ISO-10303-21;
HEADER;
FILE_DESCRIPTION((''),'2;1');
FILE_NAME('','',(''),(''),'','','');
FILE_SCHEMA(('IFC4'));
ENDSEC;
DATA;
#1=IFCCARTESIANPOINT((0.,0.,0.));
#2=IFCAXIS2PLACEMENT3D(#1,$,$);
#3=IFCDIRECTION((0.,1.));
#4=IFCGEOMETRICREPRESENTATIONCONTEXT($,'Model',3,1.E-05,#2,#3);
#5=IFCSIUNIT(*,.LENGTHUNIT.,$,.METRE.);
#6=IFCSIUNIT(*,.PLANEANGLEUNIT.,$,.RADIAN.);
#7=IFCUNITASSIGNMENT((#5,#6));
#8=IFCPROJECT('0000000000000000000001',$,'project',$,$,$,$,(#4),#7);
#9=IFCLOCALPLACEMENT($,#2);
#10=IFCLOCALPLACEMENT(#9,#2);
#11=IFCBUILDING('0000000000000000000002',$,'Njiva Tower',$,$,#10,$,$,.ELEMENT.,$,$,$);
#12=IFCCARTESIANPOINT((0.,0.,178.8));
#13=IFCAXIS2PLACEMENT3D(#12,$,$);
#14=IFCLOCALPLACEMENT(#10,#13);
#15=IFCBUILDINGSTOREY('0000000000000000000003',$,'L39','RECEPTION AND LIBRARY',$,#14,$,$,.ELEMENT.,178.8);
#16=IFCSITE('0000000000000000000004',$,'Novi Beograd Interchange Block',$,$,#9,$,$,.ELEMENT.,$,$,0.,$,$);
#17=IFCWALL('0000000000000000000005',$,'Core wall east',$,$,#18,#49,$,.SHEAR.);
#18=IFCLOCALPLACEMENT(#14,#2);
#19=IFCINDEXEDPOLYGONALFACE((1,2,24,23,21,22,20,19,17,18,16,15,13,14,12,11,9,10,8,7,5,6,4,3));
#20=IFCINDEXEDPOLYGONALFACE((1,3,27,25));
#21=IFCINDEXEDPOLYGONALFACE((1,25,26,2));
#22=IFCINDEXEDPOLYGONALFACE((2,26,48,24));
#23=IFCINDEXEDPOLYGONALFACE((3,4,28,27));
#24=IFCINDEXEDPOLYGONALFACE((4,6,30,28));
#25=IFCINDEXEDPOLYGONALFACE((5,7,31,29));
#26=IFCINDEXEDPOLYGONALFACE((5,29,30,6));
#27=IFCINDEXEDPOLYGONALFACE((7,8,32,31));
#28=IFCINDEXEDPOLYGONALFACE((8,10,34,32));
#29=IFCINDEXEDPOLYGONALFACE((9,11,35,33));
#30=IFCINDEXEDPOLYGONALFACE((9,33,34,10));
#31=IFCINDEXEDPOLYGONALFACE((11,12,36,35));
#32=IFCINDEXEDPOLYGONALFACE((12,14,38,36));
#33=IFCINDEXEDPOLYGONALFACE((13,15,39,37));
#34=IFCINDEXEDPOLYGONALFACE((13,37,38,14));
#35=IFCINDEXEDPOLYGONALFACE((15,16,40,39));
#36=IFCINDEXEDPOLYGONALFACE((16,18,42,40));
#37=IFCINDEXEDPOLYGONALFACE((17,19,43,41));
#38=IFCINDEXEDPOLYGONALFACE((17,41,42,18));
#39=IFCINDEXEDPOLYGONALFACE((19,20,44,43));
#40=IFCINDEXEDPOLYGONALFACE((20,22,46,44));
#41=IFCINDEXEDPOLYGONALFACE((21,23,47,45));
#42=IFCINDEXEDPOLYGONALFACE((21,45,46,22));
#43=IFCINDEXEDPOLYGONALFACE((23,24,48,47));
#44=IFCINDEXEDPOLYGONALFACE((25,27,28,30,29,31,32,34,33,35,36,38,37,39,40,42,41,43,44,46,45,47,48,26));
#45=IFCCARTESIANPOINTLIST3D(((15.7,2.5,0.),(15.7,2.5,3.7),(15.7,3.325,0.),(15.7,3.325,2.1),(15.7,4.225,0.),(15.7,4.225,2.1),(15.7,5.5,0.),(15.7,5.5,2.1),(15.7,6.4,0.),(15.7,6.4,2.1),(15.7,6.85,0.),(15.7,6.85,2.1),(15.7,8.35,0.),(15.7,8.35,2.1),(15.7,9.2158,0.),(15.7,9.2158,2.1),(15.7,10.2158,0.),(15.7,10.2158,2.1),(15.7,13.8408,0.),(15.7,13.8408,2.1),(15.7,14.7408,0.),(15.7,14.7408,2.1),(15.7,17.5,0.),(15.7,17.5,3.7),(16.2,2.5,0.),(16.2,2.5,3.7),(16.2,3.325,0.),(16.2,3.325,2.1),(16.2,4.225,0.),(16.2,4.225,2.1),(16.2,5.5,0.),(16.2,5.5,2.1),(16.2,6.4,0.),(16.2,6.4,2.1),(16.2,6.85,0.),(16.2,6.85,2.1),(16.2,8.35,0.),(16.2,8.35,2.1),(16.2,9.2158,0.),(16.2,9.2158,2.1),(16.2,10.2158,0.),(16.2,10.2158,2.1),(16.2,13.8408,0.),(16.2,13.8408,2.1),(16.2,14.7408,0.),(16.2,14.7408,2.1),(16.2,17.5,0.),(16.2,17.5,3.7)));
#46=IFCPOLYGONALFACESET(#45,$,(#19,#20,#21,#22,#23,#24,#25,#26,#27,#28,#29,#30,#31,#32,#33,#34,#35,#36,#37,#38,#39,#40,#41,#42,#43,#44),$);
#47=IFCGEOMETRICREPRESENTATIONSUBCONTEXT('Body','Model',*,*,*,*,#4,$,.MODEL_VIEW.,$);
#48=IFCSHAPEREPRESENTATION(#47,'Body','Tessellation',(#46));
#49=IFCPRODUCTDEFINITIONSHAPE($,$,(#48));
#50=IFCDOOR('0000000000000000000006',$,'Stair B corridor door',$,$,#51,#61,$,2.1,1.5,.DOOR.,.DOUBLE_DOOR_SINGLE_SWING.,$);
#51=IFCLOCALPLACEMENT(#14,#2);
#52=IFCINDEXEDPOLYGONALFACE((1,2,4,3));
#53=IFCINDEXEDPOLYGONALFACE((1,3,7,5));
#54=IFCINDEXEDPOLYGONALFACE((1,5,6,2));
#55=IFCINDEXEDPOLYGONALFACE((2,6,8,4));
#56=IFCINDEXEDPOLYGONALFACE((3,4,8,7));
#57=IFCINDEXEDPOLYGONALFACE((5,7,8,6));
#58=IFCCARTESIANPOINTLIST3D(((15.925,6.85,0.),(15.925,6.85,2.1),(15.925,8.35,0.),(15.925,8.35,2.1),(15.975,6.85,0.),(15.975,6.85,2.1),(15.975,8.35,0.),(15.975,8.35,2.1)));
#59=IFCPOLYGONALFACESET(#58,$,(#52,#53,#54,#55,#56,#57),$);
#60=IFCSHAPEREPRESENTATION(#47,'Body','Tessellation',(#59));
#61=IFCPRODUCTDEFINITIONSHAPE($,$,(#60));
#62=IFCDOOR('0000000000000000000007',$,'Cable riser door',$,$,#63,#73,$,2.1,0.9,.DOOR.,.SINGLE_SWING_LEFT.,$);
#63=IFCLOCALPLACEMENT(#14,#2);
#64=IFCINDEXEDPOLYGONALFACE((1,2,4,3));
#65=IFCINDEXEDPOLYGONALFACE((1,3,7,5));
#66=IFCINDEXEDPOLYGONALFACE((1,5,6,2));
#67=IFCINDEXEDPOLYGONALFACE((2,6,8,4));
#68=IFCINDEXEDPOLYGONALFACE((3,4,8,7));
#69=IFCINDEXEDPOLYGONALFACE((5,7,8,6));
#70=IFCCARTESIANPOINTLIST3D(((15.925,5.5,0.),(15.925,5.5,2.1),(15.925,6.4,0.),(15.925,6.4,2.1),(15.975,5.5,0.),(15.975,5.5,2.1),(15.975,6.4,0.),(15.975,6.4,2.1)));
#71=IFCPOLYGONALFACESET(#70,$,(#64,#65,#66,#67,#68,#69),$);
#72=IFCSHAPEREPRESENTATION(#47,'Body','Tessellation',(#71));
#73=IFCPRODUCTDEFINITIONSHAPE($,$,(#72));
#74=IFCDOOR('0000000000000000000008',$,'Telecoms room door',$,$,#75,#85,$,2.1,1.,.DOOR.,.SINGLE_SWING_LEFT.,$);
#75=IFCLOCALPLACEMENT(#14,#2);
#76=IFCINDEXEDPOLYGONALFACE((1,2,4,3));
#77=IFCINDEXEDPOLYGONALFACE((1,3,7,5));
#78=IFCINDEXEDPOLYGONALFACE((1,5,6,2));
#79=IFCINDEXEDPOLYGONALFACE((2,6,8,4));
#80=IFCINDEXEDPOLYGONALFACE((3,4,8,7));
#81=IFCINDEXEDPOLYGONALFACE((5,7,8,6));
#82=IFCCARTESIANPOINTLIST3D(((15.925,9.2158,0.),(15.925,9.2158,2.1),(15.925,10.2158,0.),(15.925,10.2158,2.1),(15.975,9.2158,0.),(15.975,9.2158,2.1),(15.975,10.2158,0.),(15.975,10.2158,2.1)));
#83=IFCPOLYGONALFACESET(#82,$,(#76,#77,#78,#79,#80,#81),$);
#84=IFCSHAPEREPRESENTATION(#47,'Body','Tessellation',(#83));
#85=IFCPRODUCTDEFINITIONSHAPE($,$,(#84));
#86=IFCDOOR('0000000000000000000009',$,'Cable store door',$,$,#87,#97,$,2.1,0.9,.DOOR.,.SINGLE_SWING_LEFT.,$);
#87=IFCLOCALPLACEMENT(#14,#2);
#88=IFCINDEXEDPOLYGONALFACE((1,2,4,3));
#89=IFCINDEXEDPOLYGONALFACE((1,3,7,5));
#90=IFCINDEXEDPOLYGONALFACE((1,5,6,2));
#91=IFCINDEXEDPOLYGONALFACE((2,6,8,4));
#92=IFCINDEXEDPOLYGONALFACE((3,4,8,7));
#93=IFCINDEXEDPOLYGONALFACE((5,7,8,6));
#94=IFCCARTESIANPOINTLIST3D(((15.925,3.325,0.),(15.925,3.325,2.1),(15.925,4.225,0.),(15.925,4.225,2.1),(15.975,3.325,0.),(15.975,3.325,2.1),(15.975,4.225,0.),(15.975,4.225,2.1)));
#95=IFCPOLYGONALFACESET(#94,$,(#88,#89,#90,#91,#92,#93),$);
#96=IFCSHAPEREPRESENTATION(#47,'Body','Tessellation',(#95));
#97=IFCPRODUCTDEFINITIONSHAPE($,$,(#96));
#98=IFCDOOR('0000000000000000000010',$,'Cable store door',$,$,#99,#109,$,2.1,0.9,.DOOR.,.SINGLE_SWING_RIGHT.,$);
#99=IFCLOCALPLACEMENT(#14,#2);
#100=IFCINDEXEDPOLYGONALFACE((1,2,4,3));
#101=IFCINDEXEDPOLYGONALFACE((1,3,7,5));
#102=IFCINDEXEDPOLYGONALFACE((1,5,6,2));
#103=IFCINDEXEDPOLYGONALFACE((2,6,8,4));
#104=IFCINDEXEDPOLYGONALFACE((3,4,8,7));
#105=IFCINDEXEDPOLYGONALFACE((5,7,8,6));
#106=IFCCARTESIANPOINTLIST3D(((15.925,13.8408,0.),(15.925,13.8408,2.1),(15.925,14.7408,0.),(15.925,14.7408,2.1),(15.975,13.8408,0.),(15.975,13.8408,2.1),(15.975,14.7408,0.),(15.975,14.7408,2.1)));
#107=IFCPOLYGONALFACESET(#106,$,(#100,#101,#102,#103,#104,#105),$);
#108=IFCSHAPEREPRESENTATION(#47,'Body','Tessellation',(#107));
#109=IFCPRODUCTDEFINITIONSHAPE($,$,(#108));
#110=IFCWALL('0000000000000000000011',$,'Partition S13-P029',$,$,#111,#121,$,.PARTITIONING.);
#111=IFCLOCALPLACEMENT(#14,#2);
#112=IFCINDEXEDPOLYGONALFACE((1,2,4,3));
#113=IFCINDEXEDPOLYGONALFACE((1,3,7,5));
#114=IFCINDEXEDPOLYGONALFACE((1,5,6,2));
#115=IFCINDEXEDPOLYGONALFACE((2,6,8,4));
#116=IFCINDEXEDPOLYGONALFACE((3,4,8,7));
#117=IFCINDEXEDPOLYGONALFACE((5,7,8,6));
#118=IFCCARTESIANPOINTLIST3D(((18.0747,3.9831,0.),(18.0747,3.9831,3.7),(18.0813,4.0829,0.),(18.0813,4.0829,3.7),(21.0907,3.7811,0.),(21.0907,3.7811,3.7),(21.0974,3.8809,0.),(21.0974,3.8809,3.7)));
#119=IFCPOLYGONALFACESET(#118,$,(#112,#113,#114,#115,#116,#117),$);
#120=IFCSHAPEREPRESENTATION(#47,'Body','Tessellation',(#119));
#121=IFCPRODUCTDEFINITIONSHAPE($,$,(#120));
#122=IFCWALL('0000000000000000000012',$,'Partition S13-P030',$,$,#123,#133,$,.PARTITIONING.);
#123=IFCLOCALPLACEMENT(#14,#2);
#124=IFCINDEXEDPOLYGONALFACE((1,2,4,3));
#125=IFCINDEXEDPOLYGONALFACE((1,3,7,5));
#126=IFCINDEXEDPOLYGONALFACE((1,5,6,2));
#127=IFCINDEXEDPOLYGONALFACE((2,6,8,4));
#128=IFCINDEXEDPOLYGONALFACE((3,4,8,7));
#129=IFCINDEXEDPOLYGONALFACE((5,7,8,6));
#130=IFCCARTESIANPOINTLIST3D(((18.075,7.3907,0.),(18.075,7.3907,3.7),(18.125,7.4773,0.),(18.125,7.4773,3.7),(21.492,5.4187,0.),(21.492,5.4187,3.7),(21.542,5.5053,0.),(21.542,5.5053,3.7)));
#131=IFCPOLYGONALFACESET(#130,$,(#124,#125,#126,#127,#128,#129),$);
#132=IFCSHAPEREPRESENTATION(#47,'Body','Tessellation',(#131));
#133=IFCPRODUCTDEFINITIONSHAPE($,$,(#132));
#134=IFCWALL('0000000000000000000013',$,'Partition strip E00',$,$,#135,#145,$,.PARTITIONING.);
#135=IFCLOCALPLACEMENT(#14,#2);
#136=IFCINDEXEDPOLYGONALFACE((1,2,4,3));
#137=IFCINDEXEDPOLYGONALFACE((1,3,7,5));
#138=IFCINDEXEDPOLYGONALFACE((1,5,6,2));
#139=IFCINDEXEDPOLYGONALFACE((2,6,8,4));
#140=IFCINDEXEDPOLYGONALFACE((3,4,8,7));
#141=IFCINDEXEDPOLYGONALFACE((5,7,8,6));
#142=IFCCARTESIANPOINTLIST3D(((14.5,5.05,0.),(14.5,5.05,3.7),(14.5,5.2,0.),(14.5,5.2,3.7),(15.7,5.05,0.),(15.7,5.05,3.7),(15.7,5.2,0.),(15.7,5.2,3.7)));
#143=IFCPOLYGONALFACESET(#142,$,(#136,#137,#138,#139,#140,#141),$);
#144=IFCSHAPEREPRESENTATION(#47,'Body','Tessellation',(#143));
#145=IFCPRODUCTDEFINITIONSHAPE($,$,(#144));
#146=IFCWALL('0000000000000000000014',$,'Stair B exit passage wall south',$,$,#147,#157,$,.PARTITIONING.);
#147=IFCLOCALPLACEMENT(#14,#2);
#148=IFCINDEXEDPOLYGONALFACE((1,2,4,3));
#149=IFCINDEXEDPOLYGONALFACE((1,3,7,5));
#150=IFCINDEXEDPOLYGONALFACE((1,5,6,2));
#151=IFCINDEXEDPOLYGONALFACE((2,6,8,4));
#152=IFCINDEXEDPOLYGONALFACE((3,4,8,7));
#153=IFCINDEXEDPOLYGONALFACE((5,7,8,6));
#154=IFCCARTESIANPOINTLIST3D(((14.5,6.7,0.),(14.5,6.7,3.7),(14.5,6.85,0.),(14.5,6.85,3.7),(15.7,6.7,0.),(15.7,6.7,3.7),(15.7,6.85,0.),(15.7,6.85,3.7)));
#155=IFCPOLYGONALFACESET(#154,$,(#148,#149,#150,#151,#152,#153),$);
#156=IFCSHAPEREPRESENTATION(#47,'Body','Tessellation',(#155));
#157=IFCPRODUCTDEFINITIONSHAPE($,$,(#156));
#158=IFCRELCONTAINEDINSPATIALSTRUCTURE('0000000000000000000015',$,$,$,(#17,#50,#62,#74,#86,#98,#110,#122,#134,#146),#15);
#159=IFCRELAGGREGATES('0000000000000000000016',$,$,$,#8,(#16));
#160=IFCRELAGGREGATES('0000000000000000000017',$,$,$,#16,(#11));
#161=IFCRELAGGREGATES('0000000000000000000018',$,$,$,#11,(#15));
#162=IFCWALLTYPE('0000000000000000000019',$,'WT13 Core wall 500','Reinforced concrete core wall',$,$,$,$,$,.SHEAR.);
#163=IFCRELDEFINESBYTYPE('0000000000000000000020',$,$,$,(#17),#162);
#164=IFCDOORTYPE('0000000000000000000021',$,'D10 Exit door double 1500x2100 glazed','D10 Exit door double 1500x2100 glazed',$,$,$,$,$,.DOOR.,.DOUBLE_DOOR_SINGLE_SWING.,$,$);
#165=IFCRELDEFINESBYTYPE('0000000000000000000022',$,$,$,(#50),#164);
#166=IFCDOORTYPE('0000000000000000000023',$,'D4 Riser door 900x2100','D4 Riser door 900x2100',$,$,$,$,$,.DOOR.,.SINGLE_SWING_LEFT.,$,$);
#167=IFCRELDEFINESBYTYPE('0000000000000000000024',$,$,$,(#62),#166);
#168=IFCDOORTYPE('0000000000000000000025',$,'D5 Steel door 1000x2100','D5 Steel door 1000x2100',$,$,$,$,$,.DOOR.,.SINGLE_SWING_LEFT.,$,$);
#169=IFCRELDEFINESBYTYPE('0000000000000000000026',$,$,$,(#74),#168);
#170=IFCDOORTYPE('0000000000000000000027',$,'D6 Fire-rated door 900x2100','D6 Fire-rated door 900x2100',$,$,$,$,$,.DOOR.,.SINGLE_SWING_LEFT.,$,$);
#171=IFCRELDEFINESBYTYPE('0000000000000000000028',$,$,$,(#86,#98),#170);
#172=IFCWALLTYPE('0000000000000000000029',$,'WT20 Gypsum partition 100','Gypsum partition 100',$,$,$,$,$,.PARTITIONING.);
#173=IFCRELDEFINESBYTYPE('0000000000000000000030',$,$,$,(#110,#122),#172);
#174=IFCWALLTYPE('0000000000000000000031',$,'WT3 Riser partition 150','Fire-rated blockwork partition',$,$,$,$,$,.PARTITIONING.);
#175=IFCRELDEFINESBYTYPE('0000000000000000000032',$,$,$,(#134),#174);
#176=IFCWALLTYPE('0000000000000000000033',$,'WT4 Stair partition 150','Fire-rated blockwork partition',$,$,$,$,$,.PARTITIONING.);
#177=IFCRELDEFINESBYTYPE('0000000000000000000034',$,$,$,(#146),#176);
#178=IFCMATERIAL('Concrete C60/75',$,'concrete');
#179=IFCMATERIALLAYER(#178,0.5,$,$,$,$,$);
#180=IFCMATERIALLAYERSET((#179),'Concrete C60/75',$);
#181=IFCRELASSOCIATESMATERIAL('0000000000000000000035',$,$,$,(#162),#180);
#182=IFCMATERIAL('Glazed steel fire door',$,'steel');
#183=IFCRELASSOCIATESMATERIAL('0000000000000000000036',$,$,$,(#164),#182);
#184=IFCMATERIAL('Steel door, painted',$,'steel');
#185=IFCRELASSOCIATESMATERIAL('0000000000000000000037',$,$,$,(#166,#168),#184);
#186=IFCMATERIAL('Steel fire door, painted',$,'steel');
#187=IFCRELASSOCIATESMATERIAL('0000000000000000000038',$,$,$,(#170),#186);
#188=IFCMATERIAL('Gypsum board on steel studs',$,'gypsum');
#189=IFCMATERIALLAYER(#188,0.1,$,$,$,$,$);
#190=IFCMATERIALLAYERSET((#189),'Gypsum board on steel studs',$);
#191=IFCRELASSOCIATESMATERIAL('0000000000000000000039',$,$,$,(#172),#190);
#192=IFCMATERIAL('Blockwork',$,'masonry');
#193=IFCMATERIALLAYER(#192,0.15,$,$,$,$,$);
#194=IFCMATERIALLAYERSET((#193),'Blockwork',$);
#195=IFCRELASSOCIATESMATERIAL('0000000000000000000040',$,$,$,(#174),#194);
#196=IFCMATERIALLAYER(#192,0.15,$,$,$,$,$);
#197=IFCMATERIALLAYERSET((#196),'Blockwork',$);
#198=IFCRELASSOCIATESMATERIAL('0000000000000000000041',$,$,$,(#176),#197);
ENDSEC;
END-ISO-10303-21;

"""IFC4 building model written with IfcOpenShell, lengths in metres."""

from ifc_helpers import new_model, si_unit, direction, frame, frame_2d, origin, place, context, subcontext, project, spatial, rectangle, extrude, material, layer, layer_set, type_object, element, fill, save


model = new_model("IFC4")

# Units and contexts
model_context = context("Model", 3, precision=1e-05, world=origin(), true_north=direction((0.0, 1.0)))
body_context = subcontext(model_context, "Body", "Model", "MODEL_VIEW")
ifc_project = project(units=[si_unit("LENGTHUNIT", "METRE"), si_unit("PLANEANGLEUNIT", "RADIAN")], contexts=[model_context])

# Site, building, storey
site_placement = place(None, origin())
site = spatial("IfcSite", under=ifc_project, at=site_placement, Name="Novi Beograd Interchange Block", CompositionType="ELEMENT", RefElevation=0.0)
building_placement = place(site_placement, origin())
building = spatial("IfcBuilding", under=site, at=building_placement, Name="Njiva Tower", CompositionType="ELEMENT")
storey_placement = place(building_placement, frame((0.0, 0.0, 178.8)))
storey = spatial("IfcBuildingStorey", under=building, at=storey_placement, Name="L39", Description="RECEPTION AND LIBRARY", CompositionType="ELEMENT", Elevation=178.8)

# Shared definitions
ifc_material_1 = material(Name="Blockwork", Category="masonry")

# Wall, openings, doors
ifc_material_2 = material(Name="Concrete C60/75", Category="concrete")
ifc_layer_1 = layer(ifc_material_2, 0.5)
ifc_layer_set_1 = layer_set([ifc_layer_1], Name="Concrete C60/75")
wall_type_1 = type_object("IfcWallType", Name="WT13 Core wall 500", Description="Reinforced concrete core wall", PredefinedType="SHEAR", material=ifc_layer_set_1)
wall_1_placement = place(storey_placement, frame((15.95, 2.5, 0.0), z_axis=(0.0, 0.0, 1.0), x_axis=(0.0, 1.0, 0.0)))
wall_1 = element("IfcWall", 1, at=wall_1_placement, inside=storey, type_object=wall_type_1, Name="Core wall east", PredefinedType="SHEAR", context=body_context, shape_type="SweptSolid", body=[
    extrude(rectangle(XDim=15.0, YDim=0.5, at=frame_2d((7.5, 0.0))), origin(), (0.0, 0.0, 1.0), 3.7),
])
opening_1_placement = place(wall_1_placement, frame((4.35, 0.0, 0.0)))
opening_1 = element("IfcOpeningElement", 2, at=opening_1_placement, cuts=wall_1, PredefinedType="OPENING", context=body_context, shape_type="SweptSolid", body=[
    extrude(rectangle(XDim=1.5, YDim=2.1, at=frame_2d((0.75, 1.05))), frame((0.0, 0.26, 0.0), z_axis=(0.0, -1.0, 0.0), x_axis=(1.0, 0.0, 0.0)), (0.0, 0.0, 1.0), 0.52),
])
opening_2_placement = place(wall_1_placement, frame((0.825, 0.0, 0.0)))
opening_2 = element("IfcOpeningElement", 3, at=opening_2_placement, cuts=wall_1, PredefinedType="OPENING", context=body_context, shape_type="SweptSolid", body=[
    extrude(rectangle(XDim=0.9, YDim=2.1, at=frame_2d((0.45, 1.05))), frame((0.0, 0.26, 0.0), z_axis=(0.0, -1.0, 0.0), x_axis=(1.0, 0.0, 0.0)), (0.0, 0.0, 1.0), 0.52),
])
opening_3_placement = place(wall_1_placement, frame((3.0, 0.0, 0.0)))
opening_3 = element("IfcOpeningElement", 4, at=opening_3_placement, cuts=wall_1, PredefinedType="OPENING", context=body_context, shape_type="SweptSolid", body=[
    extrude(rectangle(XDim=0.9, YDim=2.1, at=frame_2d((0.45, 1.05))), frame((0.0, 0.26, 0.0), z_axis=(0.0, -1.0, 0.0), x_axis=(1.0, 0.0, 0.0)), (0.0, 0.0, 1.0), 0.52),
])
opening_4_placement = place(wall_1_placement, frame((6.7158, 0.0, 0.0)))
opening_4 = element("IfcOpeningElement", 5, at=opening_4_placement, cuts=wall_1, PredefinedType="OPENING", context=body_context, shape_type="SweptSolid", body=[
    extrude(rectangle(XDim=1.0, YDim=2.1, at=frame_2d((0.5, 1.05))), frame((0.0, 0.26, 0.0), z_axis=(0.0, -1.0, 0.0), x_axis=(1.0, 0.0, 0.0)), (0.0, 0.0, 1.0), 0.52),
])
opening_5_placement = place(wall_1_placement, frame((11.3408, 0.0, 0.0)))
opening_5 = element("IfcOpeningElement", 6, at=opening_5_placement, cuts=wall_1, PredefinedType="OPENING", context=body_context, shape_type="SweptSolid", body=[
    extrude(rectangle(XDim=0.9, YDim=2.1, at=frame_2d((0.45, 1.05))), frame((0.0, 0.26, 0.0), z_axis=(0.0, -1.0, 0.0), x_axis=(1.0, 0.0, 0.0)), (0.0, 0.0, 1.0), 0.52),
])
ifc_material_3 = material(Name="Glazed steel fire door", Category="steel")
door_type_1 = type_object("IfcDoorType", Name="D10 Exit door double 1500x2100 glazed", Description="D10 Exit door double 1500x2100 glazed", OperationType="DOUBLE_DOOR_SINGLE_SWING", PredefinedType="DOOR", material=ifc_material_3)
door_1_placement = place(opening_1_placement, origin())
door_1 = element("IfcDoor", 7, at=door_1_placement, inside=storey, type_object=door_type_1, Name="Stair B corridor door", OperationType="DOUBLE_DOOR_SINGLE_SWING", OverallHeight=2.1, OverallWidth=1.5, PredefinedType="DOOR", context=body_context, shape_type="SweptSolid", body=[
    extrude(rectangle(XDim=1.5, YDim=2.1, at=frame_2d((0.75, 1.05))), frame((0.0, 0.025, 0.0), z_axis=(0.0, -1.0, 0.0), x_axis=(1.0, 0.0, 0.0)), (0.0, 0.0, 1.0), 0.05),
])
fill(opening_1, door_1)
ifc_material_4 = material(Name="Steel door, painted", Category="steel")
door_type_2 = type_object("IfcDoorType", Name="D4 Riser door 900x2100", Description="D4 Riser door 900x2100", OperationType="SINGLE_SWING_LEFT", PredefinedType="DOOR", material=ifc_material_4)
door_2_placement = place(opening_3_placement, origin())
door_2 = element("IfcDoor", 8, at=door_2_placement, inside=storey, type_object=door_type_2, Name="Cable riser door", OperationType="SINGLE_SWING_LEFT", OverallHeight=2.1, OverallWidth=0.9, PredefinedType="DOOR", context=body_context, shape_type="SweptSolid", body=[
    extrude(rectangle(XDim=0.9, YDim=2.1, at=frame_2d((0.45, 1.05))), frame((0.0, 0.025, 0.0), z_axis=(0.0, -1.0, 0.0), x_axis=(1.0, 0.0, 0.0)), (0.0, 0.0, 1.0), 0.05),
])
fill(opening_3, door_2)
door_type_3 = type_object("IfcDoorType", Name="D5 Steel door 1000x2100", Description="D5 Steel door 1000x2100", OperationType="SINGLE_SWING_LEFT", PredefinedType="DOOR", material=ifc_material_4)
door_3_placement = place(opening_4_placement, origin())
door_3 = element("IfcDoor", 9, at=door_3_placement, inside=storey, type_object=door_type_3, Name="Telecoms room door", OperationType="SINGLE_SWING_LEFT", OverallHeight=2.1, OverallWidth=1.0, PredefinedType="DOOR", context=body_context, shape_type="SweptSolid", body=[
    extrude(rectangle(XDim=1.0, YDim=2.1, at=frame_2d((0.5, 1.05))), frame((0.0, 0.025, 0.0), z_axis=(0.0, -1.0, 0.0), x_axis=(1.0, 0.0, 0.0)), (0.0, 0.0, 1.0), 0.05),
])
fill(opening_4, door_3)
ifc_material_5 = material(Name="Steel fire door, painted", Category="steel")
door_type_4 = type_object("IfcDoorType", Name="D6 Fire-rated door 900x2100", Description="D6 Fire-rated door 900x2100", OperationType="SINGLE_SWING_LEFT", PredefinedType="DOOR", material=ifc_material_5)
door_4_placement = place(opening_2_placement, origin())
door_4 = element("IfcDoor", 10, at=door_4_placement, inside=storey, type_object=door_type_4, Name="Cable store door", OperationType="SINGLE_SWING_LEFT", OverallHeight=2.1, OverallWidth=0.9, PredefinedType="DOOR", context=body_context, shape_type="SweptSolid", body=[
    extrude(rectangle(XDim=0.9, YDim=2.1, at=frame_2d((0.45, 1.05))), frame((0.0, 0.025, 0.0), z_axis=(0.0, -1.0, 0.0), x_axis=(1.0, 0.0, 0.0)), (0.0, 0.0, 1.0), 0.05),
])
fill(opening_2, door_4)
door_5_placement = place(opening_5_placement, origin())
door_5 = element("IfcDoor", 11, at=door_5_placement, inside=storey, type_object=door_type_4, Name="Cable store door", OperationType="SINGLE_SWING_RIGHT", OverallHeight=2.1, OverallWidth=0.9, PredefinedType="DOOR", context=body_context, shape_type="SweptSolid", body=[
    extrude(rectangle(XDim=0.9, YDim=2.1, at=frame_2d((0.45, 1.05))), frame((0.0, 0.025, 0.0), z_axis=(0.0, -1.0, 0.0), x_axis=(1.0, 0.0, 0.0)), (0.0, 0.0, 1.0), 0.05),
])
fill(opening_5, door_5)

# Walls
ifc_material_6 = material(Name="Gypsum board on steel studs", Category="gypsum")
ifc_layer_2 = layer(ifc_material_6, 0.1)
ifc_layer_set_2 = layer_set([ifc_layer_2], Name="Gypsum board on steel studs")
wall_type_2 = type_object("IfcWallType", Name="WT20 Gypsum partition 100", Description="Gypsum partition 100", PredefinedType="PARTITIONING", material=ifc_layer_set_2)
wall_2_placement = place(storey_placement, frame((18.078, 4.033, 0.0), z_axis=(0.0, 0.0, 1.0), x_axis=(0.997765, -0.066826, 0.0)))
element("IfcWall", 12, at=wall_2_placement, inside=storey, type_object=wall_type_2, Name="Partition S13-P029", PredefinedType="PARTITIONING", context=body_context, shape_type="SweptSolid", body=[
    extrude(rectangle(XDim=3.0228, YDim=0.1, at=frame_2d((1.5114, 0.0))), origin(), (0.0, 0.0, 1.0), 3.7),
])
wall_3_placement = place(storey_placement, frame((18.1, 7.434, 0.0), z_axis=(0.0, 0.0, 1.0), x_axis=(0.866114, -0.499847, 0.0)))
element("IfcWall", 13, at=wall_3_placement, inside=storey, type_object=wall_type_2, Name="Partition S13-P030", PredefinedType="PARTITIONING", context=body_context, shape_type="SweptSolid", body=[
    extrude(rectangle(XDim=3.9452, YDim=0.1, at=frame_2d((1.9726, 0.0))), origin(), (0.0, 0.0, 1.0), 3.7),
])
ifc_layer_3 = layer(ifc_material_1, 0.15)
ifc_layer_set_3 = layer_set([ifc_layer_3], Name="Blockwork")
wall_type_3 = type_object("IfcWallType", Name="WT3 Riser partition 150", Description="Fire-rated blockwork partition", PredefinedType="PARTITIONING", material=ifc_layer_set_3)
wall_4_placement = place(storey_placement, frame((14.5, 5.125, 0.0), z_axis=(0.0, 0.0, 1.0), x_axis=(1.0, 0.0, 0.0)))
element("IfcWall", 14, at=wall_4_placement, inside=storey, type_object=wall_type_3, Name="Partition strip E00", PredefinedType="PARTITIONING", context=body_context, shape_type="SweptSolid", body=[
    extrude(rectangle(XDim=1.2, YDim=0.15, at=frame_2d((0.6, 0.0))), origin(), (0.0, 0.0, 1.0), 3.7),
])
ifc_layer_4 = layer(ifc_material_1, 0.15)
ifc_layer_set_4 = layer_set([ifc_layer_4], Name="Blockwork")
wall_type_4 = type_object("IfcWallType", Name="WT4 Stair partition 150", Description="Fire-rated blockwork partition", PredefinedType="PARTITIONING", material=ifc_layer_set_4)
for number, where, z_axis, x_axis, name in (
    (15, (14.5, 6.775, 0.0), (0.0, 0.0, 1.0), (1.0, 0.0, 0.0), "Stair B exit passage wall south"),
):
    element("IfcWall", number, at=place(storey_placement, frame(where, z_axis=z_axis, x_axis=x_axis)), inside=storey, type_object=wall_type_4, Name=name, PredefinedType="PARTITIONING", context=body_context, shape_type="SweptSolid", body=[
        extrude(rectangle(XDim=1.2, YDim=0.15, at=frame_2d((0.6, 0.0))), origin(), (0.0, 0.0, 1.0), 3.7),
    ])

save(model, "model.ifc")
